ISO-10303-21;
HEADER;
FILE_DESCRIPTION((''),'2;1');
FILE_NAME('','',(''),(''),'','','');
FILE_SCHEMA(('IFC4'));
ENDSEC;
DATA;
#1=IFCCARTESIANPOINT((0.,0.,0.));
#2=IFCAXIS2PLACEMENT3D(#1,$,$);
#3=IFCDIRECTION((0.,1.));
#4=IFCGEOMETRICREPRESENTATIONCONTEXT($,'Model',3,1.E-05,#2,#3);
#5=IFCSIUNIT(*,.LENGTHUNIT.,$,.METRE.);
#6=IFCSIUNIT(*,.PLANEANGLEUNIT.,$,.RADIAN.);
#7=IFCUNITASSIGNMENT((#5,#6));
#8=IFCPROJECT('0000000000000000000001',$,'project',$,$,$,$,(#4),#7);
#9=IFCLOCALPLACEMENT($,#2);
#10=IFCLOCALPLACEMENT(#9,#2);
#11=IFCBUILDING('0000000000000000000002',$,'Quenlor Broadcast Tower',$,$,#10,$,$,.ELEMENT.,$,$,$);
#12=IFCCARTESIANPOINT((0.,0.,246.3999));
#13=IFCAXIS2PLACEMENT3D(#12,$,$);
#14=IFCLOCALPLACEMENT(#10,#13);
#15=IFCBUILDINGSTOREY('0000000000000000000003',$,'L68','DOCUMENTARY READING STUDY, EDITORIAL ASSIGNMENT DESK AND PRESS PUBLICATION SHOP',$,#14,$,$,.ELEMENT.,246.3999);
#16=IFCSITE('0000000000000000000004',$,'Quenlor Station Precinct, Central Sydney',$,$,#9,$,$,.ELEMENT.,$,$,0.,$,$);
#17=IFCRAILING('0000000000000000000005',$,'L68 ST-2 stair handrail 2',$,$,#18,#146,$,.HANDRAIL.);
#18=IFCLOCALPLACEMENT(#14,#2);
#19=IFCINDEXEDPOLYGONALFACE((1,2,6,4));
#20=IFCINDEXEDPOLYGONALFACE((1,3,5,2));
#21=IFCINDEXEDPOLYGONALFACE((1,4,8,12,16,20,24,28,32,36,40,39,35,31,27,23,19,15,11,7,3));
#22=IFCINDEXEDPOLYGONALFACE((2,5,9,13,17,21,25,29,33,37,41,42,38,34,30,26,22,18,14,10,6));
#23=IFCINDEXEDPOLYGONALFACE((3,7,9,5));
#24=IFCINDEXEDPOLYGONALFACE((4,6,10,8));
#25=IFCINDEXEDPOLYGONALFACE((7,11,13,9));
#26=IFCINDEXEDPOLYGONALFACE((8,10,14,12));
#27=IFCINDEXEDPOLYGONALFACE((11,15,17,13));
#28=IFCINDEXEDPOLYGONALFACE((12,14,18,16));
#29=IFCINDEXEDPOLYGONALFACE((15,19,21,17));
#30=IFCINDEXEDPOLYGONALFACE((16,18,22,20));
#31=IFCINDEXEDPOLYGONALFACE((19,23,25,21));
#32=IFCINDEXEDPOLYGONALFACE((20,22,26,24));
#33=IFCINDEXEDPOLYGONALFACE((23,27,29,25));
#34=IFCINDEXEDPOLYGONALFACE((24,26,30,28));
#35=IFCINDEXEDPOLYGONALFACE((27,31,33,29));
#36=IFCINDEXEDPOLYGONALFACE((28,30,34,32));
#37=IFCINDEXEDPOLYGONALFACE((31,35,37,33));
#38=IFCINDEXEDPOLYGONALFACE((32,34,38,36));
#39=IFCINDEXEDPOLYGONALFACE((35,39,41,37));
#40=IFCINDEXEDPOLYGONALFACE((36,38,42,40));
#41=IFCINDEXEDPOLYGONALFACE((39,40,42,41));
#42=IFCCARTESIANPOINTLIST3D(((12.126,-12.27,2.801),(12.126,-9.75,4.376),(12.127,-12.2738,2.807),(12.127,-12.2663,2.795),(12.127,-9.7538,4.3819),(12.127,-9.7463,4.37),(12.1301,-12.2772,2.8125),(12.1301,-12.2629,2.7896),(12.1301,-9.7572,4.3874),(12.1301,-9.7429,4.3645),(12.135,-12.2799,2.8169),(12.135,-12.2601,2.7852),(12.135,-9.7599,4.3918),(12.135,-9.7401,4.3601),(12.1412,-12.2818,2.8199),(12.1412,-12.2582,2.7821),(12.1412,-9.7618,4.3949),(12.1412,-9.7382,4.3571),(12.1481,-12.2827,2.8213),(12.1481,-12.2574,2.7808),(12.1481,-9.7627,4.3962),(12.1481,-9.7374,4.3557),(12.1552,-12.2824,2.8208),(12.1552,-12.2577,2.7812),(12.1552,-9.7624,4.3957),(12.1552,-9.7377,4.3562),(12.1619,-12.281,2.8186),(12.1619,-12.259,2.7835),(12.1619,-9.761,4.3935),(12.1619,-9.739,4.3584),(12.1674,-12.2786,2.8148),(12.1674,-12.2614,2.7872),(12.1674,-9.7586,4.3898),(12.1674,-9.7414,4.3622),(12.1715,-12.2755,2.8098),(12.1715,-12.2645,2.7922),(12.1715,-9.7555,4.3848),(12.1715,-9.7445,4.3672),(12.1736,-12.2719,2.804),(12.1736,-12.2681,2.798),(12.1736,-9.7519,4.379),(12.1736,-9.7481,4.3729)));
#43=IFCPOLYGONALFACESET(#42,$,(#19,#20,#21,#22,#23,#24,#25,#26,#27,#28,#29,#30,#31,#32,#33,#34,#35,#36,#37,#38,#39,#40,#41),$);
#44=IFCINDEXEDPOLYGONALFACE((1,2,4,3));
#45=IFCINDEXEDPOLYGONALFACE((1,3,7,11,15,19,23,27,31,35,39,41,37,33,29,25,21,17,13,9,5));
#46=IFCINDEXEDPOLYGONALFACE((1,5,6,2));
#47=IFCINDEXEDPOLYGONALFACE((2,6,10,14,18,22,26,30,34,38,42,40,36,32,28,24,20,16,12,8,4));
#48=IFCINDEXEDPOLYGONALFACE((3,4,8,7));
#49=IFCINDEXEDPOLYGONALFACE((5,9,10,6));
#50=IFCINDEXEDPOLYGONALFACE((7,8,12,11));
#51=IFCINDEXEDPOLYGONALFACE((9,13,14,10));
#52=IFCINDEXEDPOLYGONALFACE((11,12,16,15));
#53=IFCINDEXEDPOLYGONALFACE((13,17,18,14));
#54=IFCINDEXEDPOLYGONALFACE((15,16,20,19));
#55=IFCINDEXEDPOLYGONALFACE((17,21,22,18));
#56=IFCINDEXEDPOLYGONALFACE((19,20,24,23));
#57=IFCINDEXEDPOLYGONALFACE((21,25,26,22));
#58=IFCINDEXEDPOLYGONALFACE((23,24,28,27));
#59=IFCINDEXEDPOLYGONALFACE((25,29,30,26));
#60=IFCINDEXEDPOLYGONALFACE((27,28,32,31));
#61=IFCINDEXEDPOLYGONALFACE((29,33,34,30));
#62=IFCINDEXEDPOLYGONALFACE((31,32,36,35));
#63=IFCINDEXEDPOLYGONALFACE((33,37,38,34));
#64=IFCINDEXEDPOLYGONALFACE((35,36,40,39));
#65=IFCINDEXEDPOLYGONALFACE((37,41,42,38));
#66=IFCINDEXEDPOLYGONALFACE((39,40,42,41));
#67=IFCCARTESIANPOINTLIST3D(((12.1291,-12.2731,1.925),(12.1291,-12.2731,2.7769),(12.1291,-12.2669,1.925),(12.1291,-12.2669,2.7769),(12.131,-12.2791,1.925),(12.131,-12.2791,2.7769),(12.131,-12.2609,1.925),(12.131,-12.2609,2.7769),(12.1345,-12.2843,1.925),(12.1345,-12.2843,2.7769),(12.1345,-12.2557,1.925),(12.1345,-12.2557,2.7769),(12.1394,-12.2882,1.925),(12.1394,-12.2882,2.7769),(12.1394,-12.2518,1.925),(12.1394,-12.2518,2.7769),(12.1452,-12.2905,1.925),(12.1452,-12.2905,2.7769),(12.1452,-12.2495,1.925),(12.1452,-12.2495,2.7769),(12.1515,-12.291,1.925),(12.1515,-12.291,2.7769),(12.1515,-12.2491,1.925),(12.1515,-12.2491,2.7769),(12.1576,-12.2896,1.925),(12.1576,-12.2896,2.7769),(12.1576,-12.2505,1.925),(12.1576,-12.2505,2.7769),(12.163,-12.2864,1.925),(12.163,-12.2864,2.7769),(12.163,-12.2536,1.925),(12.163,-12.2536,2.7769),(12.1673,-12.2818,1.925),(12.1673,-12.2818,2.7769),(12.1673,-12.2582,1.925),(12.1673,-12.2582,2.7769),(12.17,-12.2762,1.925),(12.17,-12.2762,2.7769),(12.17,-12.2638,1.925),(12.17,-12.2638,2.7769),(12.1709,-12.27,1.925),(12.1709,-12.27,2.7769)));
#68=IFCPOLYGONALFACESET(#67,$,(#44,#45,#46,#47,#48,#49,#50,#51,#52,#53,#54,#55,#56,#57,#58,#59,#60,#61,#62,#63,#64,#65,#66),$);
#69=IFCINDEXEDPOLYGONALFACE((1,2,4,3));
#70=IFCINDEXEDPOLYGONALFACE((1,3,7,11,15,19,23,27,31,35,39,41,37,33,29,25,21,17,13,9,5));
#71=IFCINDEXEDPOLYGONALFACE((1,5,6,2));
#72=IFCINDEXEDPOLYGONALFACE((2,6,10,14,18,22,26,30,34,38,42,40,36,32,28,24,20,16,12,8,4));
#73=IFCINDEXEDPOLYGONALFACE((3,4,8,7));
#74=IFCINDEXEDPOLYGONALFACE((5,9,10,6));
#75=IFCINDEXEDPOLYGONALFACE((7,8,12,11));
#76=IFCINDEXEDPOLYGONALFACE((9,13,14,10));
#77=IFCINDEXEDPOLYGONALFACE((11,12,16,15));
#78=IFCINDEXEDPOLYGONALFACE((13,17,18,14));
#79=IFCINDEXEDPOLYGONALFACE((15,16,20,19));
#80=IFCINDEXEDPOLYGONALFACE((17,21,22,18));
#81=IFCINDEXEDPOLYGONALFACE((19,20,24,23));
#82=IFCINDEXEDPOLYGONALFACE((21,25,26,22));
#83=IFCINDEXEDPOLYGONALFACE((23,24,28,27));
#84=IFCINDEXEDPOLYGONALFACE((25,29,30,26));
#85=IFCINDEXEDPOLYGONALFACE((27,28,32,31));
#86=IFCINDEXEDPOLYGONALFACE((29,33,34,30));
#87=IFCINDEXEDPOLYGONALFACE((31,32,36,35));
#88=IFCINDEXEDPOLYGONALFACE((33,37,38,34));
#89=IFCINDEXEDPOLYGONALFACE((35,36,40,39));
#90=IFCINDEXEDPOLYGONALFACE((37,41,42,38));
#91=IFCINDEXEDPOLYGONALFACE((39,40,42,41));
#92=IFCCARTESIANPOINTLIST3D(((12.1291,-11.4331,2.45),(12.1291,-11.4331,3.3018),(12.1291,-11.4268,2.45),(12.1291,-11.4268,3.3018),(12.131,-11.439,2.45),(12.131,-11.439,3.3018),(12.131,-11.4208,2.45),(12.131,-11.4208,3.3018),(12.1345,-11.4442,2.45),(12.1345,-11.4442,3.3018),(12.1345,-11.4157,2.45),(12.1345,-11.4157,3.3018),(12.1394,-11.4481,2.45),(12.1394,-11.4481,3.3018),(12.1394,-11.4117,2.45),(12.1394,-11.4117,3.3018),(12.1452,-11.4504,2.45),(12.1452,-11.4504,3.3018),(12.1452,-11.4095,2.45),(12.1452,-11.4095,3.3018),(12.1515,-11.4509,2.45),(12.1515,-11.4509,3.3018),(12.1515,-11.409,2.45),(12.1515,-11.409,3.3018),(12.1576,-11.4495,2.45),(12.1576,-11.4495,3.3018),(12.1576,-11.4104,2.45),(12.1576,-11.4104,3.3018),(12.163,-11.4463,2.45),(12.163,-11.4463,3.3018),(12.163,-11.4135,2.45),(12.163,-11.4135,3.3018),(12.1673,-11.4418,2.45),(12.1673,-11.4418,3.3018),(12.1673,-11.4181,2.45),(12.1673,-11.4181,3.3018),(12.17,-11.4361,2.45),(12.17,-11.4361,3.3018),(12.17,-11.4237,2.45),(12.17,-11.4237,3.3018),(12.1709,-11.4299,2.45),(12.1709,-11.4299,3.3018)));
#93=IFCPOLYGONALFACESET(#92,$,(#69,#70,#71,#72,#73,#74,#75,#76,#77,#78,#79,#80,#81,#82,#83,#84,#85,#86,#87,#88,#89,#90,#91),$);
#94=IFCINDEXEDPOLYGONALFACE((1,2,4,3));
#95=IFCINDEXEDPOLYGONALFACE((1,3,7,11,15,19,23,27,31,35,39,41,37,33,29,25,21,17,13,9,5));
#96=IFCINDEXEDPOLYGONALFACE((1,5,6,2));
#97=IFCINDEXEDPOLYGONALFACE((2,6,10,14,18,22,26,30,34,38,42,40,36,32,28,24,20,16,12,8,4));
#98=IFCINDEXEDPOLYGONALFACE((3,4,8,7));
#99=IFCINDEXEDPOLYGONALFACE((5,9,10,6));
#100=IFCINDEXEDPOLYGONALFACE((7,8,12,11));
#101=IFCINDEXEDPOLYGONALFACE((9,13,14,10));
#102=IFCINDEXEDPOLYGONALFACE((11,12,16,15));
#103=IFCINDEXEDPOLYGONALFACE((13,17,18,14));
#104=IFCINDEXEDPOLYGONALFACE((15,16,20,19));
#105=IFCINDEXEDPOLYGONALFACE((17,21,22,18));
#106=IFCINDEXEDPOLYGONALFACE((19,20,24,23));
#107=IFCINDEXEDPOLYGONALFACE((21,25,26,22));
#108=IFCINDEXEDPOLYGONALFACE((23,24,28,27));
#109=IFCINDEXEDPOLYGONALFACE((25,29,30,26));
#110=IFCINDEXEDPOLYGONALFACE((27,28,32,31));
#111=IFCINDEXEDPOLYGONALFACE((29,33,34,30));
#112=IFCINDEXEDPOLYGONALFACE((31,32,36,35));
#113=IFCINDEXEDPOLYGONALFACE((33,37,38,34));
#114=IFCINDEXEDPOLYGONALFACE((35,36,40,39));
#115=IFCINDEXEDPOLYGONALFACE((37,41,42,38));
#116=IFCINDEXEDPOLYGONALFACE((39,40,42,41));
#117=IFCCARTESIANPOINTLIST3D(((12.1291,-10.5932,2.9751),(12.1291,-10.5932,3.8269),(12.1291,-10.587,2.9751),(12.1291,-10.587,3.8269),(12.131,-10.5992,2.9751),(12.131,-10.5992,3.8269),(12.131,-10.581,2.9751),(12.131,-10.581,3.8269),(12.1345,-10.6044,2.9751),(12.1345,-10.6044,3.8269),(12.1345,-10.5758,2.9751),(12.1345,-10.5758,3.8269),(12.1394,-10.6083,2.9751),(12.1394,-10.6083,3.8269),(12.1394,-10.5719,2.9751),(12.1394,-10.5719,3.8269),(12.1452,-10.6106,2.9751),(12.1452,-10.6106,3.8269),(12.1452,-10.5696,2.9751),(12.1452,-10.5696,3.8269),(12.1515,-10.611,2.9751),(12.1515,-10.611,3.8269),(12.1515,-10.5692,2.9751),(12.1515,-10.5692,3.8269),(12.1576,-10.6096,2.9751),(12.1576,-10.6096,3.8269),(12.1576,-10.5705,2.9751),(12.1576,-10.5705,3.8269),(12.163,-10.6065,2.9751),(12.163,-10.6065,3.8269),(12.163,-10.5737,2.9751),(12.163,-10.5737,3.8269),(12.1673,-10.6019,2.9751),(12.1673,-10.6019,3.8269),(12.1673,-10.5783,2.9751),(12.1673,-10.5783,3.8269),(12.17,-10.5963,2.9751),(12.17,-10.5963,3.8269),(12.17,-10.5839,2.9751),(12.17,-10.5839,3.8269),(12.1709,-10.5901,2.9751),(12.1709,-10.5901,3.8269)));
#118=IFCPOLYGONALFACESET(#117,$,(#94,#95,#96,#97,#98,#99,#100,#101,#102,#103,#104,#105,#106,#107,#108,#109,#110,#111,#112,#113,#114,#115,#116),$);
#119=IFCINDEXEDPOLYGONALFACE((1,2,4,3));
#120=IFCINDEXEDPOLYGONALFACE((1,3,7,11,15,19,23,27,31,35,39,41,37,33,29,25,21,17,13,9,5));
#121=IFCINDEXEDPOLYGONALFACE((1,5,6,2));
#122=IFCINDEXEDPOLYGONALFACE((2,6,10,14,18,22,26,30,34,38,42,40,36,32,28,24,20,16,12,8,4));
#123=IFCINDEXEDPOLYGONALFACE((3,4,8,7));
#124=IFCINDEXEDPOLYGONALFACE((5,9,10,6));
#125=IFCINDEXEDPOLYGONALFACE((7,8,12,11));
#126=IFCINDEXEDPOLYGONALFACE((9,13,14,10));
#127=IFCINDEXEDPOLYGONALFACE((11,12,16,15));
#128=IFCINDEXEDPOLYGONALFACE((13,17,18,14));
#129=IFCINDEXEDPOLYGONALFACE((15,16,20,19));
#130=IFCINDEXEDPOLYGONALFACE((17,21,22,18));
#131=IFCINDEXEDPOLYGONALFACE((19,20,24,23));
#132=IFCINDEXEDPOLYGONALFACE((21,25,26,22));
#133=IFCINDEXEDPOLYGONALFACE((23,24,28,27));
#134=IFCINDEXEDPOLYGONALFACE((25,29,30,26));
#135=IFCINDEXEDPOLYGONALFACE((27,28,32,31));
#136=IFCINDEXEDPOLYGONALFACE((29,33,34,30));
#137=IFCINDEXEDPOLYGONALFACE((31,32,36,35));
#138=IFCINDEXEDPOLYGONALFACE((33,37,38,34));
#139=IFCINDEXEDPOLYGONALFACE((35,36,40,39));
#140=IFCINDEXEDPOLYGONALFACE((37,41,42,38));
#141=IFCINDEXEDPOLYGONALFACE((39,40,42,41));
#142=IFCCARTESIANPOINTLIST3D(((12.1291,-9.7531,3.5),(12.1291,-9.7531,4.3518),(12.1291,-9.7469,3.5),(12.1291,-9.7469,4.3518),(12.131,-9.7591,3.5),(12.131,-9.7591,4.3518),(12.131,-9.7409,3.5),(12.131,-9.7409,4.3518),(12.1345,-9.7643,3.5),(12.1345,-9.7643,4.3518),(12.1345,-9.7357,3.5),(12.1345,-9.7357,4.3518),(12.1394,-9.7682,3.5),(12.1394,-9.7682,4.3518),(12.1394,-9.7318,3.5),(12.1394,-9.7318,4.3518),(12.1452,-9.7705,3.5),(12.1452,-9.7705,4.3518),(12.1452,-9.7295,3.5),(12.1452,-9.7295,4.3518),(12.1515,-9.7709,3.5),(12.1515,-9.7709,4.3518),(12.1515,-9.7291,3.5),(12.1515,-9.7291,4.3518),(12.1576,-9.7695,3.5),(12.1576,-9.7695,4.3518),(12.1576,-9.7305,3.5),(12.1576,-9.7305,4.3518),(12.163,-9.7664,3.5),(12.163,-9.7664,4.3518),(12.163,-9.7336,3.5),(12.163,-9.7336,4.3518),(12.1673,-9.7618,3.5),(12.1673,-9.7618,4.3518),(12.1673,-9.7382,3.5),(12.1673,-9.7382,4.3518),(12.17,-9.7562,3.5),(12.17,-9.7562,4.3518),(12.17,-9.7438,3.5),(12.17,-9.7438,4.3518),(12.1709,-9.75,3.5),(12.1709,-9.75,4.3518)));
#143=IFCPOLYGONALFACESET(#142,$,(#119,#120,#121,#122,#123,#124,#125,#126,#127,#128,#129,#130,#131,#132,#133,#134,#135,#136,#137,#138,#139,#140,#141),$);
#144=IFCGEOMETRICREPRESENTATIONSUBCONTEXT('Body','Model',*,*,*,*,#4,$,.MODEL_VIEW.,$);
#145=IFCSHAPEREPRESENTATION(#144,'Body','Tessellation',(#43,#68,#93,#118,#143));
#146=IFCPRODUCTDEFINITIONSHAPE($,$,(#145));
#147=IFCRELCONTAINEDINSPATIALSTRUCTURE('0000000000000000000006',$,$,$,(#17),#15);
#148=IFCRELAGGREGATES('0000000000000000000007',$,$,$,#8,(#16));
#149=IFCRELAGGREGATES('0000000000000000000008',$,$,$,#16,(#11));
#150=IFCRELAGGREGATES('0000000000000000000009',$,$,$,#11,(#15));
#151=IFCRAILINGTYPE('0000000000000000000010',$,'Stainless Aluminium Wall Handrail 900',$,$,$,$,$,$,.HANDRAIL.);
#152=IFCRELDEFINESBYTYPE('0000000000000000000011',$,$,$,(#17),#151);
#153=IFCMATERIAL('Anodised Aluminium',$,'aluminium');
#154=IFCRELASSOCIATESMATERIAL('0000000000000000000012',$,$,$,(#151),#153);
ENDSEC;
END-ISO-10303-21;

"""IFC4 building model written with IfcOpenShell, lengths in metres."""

from ifc_helpers import new_model, si_unit, direction, frame, origin, origin_2d, place, context, subcontext, project, spatial, circle, extrude, material, type_object, element, save


model = new_model("IFC4")

# Units and contexts
model_context = context("Model", 3, precision=1e-05, world=origin(), true_north=direction((0.0, 1.0)))
body_context = subcontext(model_context, "Body", "Model", "MODEL_VIEW")
ifc_project = project(units=[si_unit("LENGTHUNIT", "METRE"), si_unit("PLANEANGLEUNIT", "RADIAN")], contexts=[model_context])

# Site, building, storey
site_placement = place(None, origin())
site = spatial("IfcSite", under=ifc_project, at=site_placement, Name="Quenlor Station Precinct, Central Sydney", CompositionType="ELEMENT", RefElevation=0.0)
building_placement = place(site_placement, origin())
building = spatial("IfcBuilding", under=site, at=building_placement, Name="Quenlor Broadcast Tower", CompositionType="ELEMENT")
storey_placement = place(building_placement, frame((0.0, 0.0, 246.3999)))
storey = spatial("IfcBuildingStorey", under=building, at=storey_placement, Name="L68", Description="DOCUMENTARY READING STUDY, EDITORIAL ASSIGNMENT DESK AND PRESS PUBLICATION SHOP", CompositionType="ELEMENT", Elevation=246.3999)

# Railing
ifc_material_1 = material(Name="Anodised Aluminium", Category="aluminium")
railing_type_1 = type_object("IfcRailingType", Name="Stainless Aluminium Wall Handrail 900", PredefinedType="HANDRAIL", material=ifc_material_1)
railing_1_placement = place(storey_placement, frame((12.1499, -12.27, 1.925)))
element("IfcRailing", 1, at=railing_1_placement, inside=storey, type_object=railing_type_1, Name="L68 ST-2 stair handrail 2", PredefinedType="HANDRAIL", context=body_context, shape_type="SweptSolid", body=[
    extrude(circle(Radius=0.0239, at=origin_2d()), frame((0.0, 0.0, 0.876), z_axis=(0.0, 0.848008, 0.529984), x_axis=(-1.0, 0.0, 0.0)), (0.0, 0.0, 1.0), 2.9717),
    extrude(circle(Radius=0.021, at=origin_2d()), origin(), (0.0, 0.0, 1.0), 0.8518),
    extrude(circle(Radius=0.021, at=origin_2d()), frame((0.0, 0.8401, 0.5249)), (0.0, 0.0, 1.0), 0.8518),
    extrude(circle(Radius=0.021, at=origin_2d()), frame((0.0, 1.6799, 1.05)), (0.0, 0.0, 1.0), 0.8518),
    extrude(circle(Radius=0.021, at=origin_2d()), frame((0.0, 2.52, 1.575)), (0.0, 0.0, 1.0), 0.8518),
])

save(model, "model.ifc")
